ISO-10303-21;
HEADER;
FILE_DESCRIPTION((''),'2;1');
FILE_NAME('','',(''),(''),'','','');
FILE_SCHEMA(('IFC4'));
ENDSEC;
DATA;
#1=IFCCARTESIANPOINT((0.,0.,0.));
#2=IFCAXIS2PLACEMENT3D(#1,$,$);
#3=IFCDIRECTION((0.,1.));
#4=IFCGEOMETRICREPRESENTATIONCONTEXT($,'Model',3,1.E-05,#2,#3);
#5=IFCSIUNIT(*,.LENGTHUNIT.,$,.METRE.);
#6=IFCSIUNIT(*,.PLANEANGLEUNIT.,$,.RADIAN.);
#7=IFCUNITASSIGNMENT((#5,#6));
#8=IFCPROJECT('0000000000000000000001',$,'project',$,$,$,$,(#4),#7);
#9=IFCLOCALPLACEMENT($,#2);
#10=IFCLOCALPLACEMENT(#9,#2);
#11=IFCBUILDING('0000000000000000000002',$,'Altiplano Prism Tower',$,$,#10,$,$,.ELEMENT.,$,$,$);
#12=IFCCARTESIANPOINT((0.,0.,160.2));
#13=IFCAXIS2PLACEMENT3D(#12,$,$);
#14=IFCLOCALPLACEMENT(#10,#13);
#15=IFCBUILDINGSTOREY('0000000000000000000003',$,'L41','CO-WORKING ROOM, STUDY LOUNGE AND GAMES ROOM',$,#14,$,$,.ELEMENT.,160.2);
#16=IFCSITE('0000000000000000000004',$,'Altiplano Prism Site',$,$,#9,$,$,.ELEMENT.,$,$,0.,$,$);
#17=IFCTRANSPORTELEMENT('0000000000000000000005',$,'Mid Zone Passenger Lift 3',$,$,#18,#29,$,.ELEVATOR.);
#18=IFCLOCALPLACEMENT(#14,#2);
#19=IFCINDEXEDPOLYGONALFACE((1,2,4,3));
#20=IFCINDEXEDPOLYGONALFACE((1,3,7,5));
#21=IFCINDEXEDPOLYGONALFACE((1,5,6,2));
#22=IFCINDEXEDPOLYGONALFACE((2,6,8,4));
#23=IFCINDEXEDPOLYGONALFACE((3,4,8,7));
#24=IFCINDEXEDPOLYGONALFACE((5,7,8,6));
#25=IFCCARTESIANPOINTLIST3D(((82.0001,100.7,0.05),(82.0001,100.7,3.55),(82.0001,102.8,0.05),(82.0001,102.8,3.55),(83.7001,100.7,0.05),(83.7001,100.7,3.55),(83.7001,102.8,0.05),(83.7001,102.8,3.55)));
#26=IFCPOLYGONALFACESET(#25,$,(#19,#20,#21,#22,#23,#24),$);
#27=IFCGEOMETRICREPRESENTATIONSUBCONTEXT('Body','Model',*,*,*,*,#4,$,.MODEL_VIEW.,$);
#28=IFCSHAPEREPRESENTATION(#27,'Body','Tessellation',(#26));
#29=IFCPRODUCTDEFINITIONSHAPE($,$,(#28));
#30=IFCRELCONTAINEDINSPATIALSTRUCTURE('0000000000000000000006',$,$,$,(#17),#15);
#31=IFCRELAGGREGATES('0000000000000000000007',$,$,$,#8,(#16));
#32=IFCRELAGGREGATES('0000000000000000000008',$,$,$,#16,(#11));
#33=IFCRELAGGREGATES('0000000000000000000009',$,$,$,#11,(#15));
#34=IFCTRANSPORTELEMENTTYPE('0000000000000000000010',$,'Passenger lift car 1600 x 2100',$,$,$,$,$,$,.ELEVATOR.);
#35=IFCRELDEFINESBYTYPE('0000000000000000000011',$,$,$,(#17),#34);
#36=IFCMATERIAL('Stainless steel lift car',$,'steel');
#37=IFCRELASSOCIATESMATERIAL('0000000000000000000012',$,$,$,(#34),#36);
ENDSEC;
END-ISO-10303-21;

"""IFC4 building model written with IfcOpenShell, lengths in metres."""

from ifc_helpers import new_model, si_unit, direction, frame, origin, origin_2d, place, context, subcontext, project, spatial, rectangle, extrude, material, type_object, element, save


model = new_model("IFC4")

# Units and contexts
model_context = context("Model", 3, precision=1e-05, world=origin(), true_north=direction((0.0, 1.0)))
body_context = subcontext(model_context, "Body", "Model", "MODEL_VIEW")
ifc_project = project(units=[si_unit("LENGTHUNIT", "METRE"), si_unit("PLANEANGLEUNIT", "RADIAN")], contexts=[model_context])

# Site, building, storey
site_placement = place(None, origin())
site = spatial("IfcSite", under=ifc_project, at=site_placement, Name="Altiplano Prism Site", CompositionType="ELEMENT", RefElevation=0.0)
building_placement = place(site_placement, origin())
building = spatial("IfcBuilding", under=site, at=building_placement, Name="Altiplano Prism Tower", CompositionType="ELEMENT")
storey_placement = place(building_placement, frame((0.0, 0.0, 160.2)))
storey = spatial("IfcBuildingStorey", under=building, at=storey_placement, Name="L41", Description="CO-WORKING ROOM, STUDY LOUNGE AND GAMES ROOM", CompositionType="ELEMENT", Elevation=160.2)

# Transport element
ifc_material_1 = material(Name="Stainless steel lift car", Category="steel")
transport_element_type = type_object("IfcTransportElementType", Name="Passenger lift car 1600 x 2100", PredefinedType="ELEVATOR", material=ifc_material_1)
for number, where, z_axis, x_axis, name in (
    (1, (82.8501, 101.75, 0.05), (0.0, 0.0, 1.0), (1.0, 0.0, 0.0), "Mid Zone Passenger Lift 3"),
):
    element("IfcTransportElement", number, at=place(storey_placement, frame(where, z_axis=z_axis, x_axis=x_axis)), inside=storey, type_object=transport_element_type, Name=name, PredefinedType="ELEVATOR", context=body_context, shape_type="SweptSolid", body=[
        extrude(rectangle(XDim=1.7, YDim=2.1001, at=origin_2d()), origin(), (0.0, 0.0, 1.0), 3.5),
    ])

save(model, "model.ifc")
